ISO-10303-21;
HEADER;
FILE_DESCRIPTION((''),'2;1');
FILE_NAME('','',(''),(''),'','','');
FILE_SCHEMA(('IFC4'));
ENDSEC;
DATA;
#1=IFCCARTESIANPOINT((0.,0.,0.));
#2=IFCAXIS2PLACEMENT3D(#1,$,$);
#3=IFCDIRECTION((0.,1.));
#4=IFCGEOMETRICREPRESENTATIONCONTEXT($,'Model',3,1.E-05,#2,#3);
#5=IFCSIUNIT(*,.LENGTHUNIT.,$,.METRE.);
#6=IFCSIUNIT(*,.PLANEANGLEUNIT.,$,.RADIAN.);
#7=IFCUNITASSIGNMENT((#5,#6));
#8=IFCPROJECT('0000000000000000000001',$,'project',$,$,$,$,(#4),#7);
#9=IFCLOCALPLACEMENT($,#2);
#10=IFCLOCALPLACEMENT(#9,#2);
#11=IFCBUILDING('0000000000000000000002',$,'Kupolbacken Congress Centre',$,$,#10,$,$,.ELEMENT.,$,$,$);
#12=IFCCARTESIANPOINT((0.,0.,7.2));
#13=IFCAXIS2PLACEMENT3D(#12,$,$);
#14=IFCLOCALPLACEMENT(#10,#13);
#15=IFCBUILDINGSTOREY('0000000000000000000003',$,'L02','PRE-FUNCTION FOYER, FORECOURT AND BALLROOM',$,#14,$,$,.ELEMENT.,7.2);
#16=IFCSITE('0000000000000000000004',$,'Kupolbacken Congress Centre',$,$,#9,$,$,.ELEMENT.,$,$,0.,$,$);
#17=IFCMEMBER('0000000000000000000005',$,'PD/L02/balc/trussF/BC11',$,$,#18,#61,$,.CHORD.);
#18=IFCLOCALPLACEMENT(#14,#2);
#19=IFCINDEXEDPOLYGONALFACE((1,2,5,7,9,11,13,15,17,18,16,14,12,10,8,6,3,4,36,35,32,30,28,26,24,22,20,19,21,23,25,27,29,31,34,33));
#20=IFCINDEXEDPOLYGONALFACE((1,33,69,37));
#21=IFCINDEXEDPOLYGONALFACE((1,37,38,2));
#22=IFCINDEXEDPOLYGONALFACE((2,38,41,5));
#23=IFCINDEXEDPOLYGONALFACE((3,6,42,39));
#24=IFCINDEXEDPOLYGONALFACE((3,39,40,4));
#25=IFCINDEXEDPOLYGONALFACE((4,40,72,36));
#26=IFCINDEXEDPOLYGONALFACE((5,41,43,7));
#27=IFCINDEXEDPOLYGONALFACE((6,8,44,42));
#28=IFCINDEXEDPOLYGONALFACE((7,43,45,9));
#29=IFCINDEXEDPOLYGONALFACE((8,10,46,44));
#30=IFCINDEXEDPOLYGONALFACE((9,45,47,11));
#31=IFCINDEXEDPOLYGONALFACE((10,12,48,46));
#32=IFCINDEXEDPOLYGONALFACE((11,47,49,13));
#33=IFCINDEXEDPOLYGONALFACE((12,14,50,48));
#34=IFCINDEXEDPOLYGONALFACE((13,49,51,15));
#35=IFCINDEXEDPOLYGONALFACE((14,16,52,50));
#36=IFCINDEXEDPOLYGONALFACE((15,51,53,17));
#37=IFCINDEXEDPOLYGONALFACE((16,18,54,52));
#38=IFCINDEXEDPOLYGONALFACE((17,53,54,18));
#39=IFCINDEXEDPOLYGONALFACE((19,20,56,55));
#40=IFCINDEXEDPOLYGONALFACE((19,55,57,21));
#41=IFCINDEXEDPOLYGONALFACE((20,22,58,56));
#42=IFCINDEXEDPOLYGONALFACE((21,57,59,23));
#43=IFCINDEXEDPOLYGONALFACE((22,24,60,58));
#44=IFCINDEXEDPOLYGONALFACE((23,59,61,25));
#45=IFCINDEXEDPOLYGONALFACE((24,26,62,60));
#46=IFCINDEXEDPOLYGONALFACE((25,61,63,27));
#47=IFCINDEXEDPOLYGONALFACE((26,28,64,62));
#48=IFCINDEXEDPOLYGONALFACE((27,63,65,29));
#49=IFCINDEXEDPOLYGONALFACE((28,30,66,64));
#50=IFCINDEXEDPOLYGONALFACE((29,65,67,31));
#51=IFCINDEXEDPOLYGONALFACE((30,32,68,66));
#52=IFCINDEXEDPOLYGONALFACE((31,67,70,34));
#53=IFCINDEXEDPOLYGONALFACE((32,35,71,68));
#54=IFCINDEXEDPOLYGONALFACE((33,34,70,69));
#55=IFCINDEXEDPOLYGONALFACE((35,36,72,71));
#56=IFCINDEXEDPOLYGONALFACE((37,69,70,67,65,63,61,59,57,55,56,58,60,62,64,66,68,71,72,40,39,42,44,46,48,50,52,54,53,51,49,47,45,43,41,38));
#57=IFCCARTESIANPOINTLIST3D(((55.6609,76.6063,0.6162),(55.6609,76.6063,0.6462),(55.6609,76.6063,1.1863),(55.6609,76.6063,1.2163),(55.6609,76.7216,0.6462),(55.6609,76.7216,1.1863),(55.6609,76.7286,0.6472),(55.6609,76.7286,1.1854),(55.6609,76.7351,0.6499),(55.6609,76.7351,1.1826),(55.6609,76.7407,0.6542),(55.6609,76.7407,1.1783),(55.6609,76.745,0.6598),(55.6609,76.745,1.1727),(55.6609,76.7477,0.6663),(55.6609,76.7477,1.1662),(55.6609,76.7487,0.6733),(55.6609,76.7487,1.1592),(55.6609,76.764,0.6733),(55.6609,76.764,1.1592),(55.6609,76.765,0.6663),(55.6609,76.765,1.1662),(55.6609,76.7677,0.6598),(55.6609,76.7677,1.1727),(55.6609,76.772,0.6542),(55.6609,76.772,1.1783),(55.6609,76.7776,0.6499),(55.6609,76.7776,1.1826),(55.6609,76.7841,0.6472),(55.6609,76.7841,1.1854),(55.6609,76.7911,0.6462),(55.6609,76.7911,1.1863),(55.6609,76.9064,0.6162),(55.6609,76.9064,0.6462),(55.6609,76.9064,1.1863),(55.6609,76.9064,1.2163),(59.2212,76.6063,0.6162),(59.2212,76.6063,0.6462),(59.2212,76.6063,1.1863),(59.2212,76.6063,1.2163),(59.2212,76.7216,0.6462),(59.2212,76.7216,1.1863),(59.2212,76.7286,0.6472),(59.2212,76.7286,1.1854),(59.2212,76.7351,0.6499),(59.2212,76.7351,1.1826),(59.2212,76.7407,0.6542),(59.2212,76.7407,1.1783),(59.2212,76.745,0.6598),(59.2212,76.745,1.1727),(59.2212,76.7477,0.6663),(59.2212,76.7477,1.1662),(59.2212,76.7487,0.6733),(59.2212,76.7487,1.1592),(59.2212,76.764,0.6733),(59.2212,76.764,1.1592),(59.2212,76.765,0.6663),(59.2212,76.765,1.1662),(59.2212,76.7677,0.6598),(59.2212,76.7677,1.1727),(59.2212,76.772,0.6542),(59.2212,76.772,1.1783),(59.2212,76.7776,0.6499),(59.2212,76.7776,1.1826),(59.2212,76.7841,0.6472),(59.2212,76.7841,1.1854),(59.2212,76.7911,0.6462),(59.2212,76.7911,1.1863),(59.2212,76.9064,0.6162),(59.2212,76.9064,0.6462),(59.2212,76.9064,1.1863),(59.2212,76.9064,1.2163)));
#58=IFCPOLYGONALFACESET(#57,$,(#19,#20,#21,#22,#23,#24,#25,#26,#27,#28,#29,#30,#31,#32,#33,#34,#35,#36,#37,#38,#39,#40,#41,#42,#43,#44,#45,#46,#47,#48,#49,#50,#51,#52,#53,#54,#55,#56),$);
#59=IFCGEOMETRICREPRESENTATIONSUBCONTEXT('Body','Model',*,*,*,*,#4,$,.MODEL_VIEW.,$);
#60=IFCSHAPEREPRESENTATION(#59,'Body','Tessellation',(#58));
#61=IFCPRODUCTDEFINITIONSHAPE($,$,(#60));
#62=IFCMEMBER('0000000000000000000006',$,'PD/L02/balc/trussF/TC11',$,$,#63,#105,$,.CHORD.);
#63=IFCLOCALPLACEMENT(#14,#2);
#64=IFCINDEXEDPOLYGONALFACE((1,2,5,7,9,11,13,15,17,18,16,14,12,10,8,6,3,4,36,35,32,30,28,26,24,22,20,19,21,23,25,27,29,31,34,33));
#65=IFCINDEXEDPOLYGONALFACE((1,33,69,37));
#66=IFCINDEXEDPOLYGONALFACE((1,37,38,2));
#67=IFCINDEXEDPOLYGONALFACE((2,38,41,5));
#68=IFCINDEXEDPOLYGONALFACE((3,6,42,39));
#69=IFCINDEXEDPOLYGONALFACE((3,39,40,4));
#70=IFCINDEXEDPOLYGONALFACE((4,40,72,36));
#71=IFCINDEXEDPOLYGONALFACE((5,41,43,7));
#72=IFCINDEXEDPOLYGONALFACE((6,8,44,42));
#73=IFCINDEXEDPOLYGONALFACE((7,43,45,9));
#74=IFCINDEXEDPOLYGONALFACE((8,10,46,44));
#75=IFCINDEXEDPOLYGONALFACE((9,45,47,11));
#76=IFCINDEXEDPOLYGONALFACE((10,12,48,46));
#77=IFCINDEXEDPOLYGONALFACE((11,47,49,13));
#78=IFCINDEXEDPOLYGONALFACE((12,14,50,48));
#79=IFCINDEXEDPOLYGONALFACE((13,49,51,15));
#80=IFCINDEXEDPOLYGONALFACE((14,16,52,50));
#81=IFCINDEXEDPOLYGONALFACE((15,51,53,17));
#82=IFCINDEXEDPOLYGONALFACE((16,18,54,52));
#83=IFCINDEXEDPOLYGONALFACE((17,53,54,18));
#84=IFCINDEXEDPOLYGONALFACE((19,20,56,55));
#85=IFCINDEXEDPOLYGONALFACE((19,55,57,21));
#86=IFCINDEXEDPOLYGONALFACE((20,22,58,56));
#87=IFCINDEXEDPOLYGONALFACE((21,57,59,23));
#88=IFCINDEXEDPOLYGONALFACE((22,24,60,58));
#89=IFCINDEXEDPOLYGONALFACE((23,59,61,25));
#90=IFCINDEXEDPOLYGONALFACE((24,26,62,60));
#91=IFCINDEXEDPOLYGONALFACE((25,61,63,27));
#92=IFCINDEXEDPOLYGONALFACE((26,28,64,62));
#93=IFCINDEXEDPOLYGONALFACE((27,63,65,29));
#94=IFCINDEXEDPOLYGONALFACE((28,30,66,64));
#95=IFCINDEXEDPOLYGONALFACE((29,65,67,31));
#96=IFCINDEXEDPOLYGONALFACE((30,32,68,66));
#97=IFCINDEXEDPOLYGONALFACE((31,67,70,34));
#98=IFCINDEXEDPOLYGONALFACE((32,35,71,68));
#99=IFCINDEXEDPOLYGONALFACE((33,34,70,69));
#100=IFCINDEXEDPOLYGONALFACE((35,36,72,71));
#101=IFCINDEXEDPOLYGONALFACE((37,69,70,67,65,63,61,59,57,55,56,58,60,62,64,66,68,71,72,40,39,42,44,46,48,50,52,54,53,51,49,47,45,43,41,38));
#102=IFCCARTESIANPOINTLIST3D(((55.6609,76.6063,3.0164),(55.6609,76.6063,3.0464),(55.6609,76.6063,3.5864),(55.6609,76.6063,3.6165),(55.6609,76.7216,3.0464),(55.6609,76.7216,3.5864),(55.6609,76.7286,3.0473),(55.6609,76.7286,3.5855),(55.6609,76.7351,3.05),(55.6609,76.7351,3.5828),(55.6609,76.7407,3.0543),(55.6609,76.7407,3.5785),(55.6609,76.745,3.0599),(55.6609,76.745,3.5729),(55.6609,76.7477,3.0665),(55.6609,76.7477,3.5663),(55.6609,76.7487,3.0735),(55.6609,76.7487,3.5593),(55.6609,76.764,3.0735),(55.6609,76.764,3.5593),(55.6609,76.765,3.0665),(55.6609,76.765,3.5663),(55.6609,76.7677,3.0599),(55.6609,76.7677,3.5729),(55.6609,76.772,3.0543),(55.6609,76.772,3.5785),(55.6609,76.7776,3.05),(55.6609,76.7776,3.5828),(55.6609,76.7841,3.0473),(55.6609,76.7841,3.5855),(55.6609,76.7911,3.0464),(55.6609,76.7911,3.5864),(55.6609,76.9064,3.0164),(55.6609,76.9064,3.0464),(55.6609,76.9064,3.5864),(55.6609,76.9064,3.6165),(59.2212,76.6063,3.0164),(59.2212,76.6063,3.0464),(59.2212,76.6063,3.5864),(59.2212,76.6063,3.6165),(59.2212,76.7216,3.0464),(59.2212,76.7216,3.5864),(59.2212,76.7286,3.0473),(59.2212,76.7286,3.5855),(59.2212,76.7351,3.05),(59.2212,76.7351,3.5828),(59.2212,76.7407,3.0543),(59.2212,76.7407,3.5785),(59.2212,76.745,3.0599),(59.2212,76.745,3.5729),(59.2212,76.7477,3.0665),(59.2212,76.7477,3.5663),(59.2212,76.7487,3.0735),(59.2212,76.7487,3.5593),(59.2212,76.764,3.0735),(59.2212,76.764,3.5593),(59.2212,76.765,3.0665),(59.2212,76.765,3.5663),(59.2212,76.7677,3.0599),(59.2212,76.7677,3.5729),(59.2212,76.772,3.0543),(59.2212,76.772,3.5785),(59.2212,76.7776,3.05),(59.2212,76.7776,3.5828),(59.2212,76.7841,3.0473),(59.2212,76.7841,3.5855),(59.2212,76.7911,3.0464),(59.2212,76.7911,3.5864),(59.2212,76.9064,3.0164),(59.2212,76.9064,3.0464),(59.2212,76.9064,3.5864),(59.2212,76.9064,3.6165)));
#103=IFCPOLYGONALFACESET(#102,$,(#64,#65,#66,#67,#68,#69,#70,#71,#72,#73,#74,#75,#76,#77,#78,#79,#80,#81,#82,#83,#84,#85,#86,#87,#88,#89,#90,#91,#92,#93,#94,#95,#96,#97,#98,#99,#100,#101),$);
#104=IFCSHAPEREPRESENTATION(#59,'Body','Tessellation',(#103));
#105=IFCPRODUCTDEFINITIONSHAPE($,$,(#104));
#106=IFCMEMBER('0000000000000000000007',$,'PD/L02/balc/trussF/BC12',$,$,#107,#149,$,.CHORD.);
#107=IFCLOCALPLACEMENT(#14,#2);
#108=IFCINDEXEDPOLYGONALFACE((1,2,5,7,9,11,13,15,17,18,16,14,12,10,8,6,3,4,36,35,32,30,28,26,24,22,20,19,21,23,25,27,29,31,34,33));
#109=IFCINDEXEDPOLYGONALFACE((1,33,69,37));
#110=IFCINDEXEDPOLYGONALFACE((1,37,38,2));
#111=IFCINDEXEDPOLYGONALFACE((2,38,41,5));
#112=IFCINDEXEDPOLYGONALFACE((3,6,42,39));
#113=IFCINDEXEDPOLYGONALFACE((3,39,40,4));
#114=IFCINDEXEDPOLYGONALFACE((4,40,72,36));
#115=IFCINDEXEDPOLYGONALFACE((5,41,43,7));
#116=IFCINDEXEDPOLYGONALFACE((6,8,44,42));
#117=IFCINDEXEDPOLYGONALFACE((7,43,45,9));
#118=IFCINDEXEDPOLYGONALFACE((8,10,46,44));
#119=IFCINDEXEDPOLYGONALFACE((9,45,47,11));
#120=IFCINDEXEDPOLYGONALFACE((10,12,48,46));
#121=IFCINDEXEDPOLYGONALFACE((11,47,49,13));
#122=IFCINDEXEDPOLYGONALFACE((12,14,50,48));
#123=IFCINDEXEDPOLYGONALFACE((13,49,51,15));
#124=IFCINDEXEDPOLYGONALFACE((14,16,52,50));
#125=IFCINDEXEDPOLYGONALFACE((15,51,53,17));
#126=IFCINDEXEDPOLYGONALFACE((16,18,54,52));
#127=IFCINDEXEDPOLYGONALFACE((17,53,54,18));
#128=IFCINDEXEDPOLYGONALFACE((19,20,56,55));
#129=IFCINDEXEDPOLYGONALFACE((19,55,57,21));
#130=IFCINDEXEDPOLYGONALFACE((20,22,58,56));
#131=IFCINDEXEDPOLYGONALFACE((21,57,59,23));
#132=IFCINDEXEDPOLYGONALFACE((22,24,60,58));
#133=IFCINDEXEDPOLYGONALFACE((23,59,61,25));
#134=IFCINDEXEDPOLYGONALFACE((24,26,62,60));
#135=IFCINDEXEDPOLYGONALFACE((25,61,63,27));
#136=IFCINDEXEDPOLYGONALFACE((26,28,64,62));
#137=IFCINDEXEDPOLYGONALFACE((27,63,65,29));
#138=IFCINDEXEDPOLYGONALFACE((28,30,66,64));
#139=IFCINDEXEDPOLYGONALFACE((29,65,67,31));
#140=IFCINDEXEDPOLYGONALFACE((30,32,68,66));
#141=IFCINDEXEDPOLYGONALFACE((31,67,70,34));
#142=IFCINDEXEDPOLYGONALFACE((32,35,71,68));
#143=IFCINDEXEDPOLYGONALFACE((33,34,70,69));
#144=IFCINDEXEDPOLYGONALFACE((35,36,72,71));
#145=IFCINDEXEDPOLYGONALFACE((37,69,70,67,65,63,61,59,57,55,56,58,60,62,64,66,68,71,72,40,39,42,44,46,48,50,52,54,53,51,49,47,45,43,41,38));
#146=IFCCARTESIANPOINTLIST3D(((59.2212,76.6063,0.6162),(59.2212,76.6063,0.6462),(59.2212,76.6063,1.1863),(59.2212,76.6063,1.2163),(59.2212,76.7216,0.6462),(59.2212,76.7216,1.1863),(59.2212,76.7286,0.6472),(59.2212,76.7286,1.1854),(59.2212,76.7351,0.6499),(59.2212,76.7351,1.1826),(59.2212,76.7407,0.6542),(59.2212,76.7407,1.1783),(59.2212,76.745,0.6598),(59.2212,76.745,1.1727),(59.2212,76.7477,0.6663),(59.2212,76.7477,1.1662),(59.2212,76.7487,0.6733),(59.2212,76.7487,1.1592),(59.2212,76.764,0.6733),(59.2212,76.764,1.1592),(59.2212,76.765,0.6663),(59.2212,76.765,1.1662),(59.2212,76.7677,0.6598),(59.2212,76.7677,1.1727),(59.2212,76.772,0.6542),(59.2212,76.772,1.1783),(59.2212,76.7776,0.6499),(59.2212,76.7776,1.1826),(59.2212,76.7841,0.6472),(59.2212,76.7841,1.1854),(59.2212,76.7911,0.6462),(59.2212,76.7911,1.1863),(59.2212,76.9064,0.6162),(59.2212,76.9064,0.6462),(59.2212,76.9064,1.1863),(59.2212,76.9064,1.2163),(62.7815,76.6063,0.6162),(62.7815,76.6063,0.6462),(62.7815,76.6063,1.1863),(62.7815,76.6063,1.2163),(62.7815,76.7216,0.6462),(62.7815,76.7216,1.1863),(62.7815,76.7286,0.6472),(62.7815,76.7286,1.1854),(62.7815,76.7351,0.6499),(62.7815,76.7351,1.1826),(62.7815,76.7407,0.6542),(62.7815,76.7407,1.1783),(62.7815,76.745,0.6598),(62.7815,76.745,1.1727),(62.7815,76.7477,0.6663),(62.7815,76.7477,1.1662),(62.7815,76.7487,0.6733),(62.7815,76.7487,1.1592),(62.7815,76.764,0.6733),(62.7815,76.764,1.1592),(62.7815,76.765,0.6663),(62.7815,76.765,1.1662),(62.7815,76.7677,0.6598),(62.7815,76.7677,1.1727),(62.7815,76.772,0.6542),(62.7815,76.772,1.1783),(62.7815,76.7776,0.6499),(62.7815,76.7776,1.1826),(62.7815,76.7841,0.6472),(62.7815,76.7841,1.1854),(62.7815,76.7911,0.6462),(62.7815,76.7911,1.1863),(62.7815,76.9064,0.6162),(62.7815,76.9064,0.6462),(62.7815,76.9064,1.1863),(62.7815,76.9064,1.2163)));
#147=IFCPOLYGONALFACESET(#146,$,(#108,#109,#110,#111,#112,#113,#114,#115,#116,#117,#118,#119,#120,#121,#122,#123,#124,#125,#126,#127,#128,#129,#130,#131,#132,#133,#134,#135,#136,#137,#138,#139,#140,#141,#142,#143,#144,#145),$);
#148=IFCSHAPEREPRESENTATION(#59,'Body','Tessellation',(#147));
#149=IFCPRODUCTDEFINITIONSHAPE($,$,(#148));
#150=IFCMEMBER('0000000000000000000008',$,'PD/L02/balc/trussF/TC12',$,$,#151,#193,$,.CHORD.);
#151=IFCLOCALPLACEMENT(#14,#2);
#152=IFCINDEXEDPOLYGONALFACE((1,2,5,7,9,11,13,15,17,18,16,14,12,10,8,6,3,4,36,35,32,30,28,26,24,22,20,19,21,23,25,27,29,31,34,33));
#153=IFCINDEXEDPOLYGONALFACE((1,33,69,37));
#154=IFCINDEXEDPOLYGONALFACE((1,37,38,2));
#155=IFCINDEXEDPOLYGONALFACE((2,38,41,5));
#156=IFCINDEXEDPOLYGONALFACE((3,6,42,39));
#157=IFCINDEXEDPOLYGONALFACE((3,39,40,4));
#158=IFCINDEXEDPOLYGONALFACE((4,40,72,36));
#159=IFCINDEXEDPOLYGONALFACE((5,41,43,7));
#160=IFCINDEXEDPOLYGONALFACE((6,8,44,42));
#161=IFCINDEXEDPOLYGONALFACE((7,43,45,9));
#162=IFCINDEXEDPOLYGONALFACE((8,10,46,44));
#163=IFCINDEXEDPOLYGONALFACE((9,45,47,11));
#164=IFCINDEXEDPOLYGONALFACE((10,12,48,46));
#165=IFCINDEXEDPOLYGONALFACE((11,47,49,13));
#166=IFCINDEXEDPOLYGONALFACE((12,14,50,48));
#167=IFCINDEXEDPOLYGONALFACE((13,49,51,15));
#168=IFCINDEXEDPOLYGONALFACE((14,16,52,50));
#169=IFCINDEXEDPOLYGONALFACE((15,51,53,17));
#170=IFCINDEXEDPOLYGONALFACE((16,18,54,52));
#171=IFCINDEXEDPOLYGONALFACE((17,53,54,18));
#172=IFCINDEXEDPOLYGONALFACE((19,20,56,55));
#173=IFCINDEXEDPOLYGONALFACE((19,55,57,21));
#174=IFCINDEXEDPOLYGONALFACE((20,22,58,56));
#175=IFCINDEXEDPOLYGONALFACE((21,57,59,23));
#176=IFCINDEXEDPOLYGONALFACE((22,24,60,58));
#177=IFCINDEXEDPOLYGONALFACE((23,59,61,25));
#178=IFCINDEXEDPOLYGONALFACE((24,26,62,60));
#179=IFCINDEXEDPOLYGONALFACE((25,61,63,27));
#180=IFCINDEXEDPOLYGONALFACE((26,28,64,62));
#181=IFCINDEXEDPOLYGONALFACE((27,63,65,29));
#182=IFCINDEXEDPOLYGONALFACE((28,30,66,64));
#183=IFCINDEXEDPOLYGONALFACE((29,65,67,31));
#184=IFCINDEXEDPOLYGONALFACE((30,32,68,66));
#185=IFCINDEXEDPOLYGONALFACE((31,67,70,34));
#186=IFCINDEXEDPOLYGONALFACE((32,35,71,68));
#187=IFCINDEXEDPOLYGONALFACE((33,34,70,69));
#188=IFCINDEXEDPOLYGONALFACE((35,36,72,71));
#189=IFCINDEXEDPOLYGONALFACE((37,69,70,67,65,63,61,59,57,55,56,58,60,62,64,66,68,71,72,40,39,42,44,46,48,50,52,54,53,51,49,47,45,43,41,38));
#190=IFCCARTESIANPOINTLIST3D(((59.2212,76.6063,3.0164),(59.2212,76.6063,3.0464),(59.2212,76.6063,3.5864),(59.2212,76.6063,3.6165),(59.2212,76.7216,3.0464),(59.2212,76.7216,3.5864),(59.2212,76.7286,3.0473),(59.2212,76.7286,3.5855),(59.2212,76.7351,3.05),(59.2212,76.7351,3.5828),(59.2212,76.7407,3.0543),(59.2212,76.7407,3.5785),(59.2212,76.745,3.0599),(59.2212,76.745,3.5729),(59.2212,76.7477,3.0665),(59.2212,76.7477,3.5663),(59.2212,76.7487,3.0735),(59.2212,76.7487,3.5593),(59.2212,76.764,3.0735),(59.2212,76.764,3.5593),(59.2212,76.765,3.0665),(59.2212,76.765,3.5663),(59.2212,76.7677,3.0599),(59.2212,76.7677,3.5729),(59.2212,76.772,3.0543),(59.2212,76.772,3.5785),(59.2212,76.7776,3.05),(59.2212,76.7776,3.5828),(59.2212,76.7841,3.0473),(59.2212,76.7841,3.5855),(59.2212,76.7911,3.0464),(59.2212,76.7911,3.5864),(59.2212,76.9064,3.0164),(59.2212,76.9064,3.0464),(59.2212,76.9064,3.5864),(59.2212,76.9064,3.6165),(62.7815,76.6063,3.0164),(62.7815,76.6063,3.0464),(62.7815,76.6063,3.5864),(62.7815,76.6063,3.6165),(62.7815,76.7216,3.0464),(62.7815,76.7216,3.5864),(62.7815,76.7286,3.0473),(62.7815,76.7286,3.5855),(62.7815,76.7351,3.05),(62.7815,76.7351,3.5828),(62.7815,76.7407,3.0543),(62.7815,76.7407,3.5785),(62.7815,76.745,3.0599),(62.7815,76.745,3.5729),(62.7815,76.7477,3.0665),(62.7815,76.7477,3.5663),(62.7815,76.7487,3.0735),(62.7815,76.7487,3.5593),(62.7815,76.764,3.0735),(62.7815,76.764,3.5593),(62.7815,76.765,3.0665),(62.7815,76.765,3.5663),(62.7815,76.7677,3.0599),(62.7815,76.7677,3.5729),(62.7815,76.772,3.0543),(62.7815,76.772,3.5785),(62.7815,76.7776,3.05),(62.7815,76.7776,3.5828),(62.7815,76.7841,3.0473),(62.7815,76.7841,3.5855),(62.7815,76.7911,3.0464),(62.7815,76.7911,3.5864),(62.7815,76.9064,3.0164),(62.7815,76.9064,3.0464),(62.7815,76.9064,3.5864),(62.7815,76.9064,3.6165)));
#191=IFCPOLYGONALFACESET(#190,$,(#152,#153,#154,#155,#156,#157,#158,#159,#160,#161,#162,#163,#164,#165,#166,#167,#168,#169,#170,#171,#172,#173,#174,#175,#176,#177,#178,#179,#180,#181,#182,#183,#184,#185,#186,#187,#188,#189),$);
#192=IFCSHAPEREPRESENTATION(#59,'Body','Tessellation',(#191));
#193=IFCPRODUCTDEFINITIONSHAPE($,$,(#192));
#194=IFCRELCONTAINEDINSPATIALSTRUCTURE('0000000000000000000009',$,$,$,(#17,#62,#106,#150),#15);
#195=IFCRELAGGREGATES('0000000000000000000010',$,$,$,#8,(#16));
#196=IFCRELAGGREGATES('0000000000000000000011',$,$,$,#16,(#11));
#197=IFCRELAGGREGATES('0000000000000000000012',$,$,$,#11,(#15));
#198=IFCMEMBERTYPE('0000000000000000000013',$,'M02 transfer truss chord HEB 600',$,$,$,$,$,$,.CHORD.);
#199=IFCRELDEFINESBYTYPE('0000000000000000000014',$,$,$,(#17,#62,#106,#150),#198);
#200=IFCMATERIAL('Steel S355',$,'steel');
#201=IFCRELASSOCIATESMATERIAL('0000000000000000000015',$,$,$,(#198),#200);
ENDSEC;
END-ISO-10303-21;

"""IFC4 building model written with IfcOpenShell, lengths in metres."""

from ifc_helpers import new_model, si_unit, direction, frame, origin, origin_2d, place, context, subcontext, project, spatial, i_section, extrude, material, material_profile, profile_set, type_object, element, save


model = new_model("IFC4")

# Units and contexts
model_context = context("Model", 3, precision=1e-05, world=origin(), true_north=direction((0.0, 1.0)))
body_context = subcontext(model_context, "Body", "Model", "MODEL_VIEW")
ifc_project = project(units=[si_unit("LENGTHUNIT", "METRE"), si_unit("PLANEANGLEUNIT", "RADIAN")], contexts=[model_context])

# Site, building, storey
site_placement = place(None, origin())
site = spatial("IfcSite", under=ifc_project, at=site_placement, Name="Kupolbacken Congress Centre", CompositionType="ELEMENT", RefElevation=0.0)
building_placement = place(site_placement, origin())
building = spatial("IfcBuilding", under=site, at=building_placement, Name="Kupolbacken Congress Centre", CompositionType="ELEMENT")
storey_placement = place(building_placement, frame((0.0, 0.0, 7.2)))
storey = spatial("IfcBuildingStorey", under=building, at=storey_placement, Name="L02", Description="PRE-FUNCTION FOYER, FORECOURT AND BALLROOM", CompositionType="ELEMENT", Elevation=7.2)

# Members
ifc_material_1 = material(Name="Steel S355", Category="steel")
ifc_material_profile_1 = material_profile(ifc_material_1, i_section(OverallWidth=0.3, OverallDepth=0.6001, WebThickness=0.0154, FlangeThickness=0.03, FilletRadius=0.0271, at=origin_2d()), Name="HEB 600")
ifc_profile_set_1 = profile_set([ifc_material_profile_1], Name="Steel S355")
member_type_1 = type_object("IfcMemberType", Name="M02 transfer truss chord HEB 600", PredefinedType="CHORD", material=ifc_profile_set_1)
for number, where, z_axis, x_axis, name in (
    (1, (55.6609, 76.7563, 0.9163), (1.0, 0.0, 0.0), (0.0, 1.0, 0.0), "PD/L02/balc/trussF/BC11"),
    (2, (55.6609, 76.7563, 3.3164), (1.0, 0.0, 0.0), (0.0, 1.0, 0.0), "PD/L02/balc/trussF/TC11"),
    (3, (59.2212, 76.7563, 0.9163), (1.0, 0.0, 0.0), (0.0, 1.0, 0.0), "PD/L02/balc/trussF/BC12"),
    (4, (59.2212, 76.7563, 3.3164), (1.0, 0.0, 0.0), (0.0, 1.0, 0.0), "PD/L02/balc/trussF/TC12"),
):
    element("IfcMember", number, at=place(storey_placement, frame(where, z_axis=z_axis, x_axis=x_axis)), inside=storey, type_object=member_type_1, Name=name, PredefinedType="CHORD", context=body_context, shape_type="SweptSolid", body=[
        extrude(i_section(OverallWidth=0.3, OverallDepth=0.6001, WebThickness=0.0154, FlangeThickness=0.03, FilletRadius=0.0271, at=origin_2d()), origin(), (0.0, 0.0, 1.0), 3.5603),
    ])

save(model, "model.ifc")
